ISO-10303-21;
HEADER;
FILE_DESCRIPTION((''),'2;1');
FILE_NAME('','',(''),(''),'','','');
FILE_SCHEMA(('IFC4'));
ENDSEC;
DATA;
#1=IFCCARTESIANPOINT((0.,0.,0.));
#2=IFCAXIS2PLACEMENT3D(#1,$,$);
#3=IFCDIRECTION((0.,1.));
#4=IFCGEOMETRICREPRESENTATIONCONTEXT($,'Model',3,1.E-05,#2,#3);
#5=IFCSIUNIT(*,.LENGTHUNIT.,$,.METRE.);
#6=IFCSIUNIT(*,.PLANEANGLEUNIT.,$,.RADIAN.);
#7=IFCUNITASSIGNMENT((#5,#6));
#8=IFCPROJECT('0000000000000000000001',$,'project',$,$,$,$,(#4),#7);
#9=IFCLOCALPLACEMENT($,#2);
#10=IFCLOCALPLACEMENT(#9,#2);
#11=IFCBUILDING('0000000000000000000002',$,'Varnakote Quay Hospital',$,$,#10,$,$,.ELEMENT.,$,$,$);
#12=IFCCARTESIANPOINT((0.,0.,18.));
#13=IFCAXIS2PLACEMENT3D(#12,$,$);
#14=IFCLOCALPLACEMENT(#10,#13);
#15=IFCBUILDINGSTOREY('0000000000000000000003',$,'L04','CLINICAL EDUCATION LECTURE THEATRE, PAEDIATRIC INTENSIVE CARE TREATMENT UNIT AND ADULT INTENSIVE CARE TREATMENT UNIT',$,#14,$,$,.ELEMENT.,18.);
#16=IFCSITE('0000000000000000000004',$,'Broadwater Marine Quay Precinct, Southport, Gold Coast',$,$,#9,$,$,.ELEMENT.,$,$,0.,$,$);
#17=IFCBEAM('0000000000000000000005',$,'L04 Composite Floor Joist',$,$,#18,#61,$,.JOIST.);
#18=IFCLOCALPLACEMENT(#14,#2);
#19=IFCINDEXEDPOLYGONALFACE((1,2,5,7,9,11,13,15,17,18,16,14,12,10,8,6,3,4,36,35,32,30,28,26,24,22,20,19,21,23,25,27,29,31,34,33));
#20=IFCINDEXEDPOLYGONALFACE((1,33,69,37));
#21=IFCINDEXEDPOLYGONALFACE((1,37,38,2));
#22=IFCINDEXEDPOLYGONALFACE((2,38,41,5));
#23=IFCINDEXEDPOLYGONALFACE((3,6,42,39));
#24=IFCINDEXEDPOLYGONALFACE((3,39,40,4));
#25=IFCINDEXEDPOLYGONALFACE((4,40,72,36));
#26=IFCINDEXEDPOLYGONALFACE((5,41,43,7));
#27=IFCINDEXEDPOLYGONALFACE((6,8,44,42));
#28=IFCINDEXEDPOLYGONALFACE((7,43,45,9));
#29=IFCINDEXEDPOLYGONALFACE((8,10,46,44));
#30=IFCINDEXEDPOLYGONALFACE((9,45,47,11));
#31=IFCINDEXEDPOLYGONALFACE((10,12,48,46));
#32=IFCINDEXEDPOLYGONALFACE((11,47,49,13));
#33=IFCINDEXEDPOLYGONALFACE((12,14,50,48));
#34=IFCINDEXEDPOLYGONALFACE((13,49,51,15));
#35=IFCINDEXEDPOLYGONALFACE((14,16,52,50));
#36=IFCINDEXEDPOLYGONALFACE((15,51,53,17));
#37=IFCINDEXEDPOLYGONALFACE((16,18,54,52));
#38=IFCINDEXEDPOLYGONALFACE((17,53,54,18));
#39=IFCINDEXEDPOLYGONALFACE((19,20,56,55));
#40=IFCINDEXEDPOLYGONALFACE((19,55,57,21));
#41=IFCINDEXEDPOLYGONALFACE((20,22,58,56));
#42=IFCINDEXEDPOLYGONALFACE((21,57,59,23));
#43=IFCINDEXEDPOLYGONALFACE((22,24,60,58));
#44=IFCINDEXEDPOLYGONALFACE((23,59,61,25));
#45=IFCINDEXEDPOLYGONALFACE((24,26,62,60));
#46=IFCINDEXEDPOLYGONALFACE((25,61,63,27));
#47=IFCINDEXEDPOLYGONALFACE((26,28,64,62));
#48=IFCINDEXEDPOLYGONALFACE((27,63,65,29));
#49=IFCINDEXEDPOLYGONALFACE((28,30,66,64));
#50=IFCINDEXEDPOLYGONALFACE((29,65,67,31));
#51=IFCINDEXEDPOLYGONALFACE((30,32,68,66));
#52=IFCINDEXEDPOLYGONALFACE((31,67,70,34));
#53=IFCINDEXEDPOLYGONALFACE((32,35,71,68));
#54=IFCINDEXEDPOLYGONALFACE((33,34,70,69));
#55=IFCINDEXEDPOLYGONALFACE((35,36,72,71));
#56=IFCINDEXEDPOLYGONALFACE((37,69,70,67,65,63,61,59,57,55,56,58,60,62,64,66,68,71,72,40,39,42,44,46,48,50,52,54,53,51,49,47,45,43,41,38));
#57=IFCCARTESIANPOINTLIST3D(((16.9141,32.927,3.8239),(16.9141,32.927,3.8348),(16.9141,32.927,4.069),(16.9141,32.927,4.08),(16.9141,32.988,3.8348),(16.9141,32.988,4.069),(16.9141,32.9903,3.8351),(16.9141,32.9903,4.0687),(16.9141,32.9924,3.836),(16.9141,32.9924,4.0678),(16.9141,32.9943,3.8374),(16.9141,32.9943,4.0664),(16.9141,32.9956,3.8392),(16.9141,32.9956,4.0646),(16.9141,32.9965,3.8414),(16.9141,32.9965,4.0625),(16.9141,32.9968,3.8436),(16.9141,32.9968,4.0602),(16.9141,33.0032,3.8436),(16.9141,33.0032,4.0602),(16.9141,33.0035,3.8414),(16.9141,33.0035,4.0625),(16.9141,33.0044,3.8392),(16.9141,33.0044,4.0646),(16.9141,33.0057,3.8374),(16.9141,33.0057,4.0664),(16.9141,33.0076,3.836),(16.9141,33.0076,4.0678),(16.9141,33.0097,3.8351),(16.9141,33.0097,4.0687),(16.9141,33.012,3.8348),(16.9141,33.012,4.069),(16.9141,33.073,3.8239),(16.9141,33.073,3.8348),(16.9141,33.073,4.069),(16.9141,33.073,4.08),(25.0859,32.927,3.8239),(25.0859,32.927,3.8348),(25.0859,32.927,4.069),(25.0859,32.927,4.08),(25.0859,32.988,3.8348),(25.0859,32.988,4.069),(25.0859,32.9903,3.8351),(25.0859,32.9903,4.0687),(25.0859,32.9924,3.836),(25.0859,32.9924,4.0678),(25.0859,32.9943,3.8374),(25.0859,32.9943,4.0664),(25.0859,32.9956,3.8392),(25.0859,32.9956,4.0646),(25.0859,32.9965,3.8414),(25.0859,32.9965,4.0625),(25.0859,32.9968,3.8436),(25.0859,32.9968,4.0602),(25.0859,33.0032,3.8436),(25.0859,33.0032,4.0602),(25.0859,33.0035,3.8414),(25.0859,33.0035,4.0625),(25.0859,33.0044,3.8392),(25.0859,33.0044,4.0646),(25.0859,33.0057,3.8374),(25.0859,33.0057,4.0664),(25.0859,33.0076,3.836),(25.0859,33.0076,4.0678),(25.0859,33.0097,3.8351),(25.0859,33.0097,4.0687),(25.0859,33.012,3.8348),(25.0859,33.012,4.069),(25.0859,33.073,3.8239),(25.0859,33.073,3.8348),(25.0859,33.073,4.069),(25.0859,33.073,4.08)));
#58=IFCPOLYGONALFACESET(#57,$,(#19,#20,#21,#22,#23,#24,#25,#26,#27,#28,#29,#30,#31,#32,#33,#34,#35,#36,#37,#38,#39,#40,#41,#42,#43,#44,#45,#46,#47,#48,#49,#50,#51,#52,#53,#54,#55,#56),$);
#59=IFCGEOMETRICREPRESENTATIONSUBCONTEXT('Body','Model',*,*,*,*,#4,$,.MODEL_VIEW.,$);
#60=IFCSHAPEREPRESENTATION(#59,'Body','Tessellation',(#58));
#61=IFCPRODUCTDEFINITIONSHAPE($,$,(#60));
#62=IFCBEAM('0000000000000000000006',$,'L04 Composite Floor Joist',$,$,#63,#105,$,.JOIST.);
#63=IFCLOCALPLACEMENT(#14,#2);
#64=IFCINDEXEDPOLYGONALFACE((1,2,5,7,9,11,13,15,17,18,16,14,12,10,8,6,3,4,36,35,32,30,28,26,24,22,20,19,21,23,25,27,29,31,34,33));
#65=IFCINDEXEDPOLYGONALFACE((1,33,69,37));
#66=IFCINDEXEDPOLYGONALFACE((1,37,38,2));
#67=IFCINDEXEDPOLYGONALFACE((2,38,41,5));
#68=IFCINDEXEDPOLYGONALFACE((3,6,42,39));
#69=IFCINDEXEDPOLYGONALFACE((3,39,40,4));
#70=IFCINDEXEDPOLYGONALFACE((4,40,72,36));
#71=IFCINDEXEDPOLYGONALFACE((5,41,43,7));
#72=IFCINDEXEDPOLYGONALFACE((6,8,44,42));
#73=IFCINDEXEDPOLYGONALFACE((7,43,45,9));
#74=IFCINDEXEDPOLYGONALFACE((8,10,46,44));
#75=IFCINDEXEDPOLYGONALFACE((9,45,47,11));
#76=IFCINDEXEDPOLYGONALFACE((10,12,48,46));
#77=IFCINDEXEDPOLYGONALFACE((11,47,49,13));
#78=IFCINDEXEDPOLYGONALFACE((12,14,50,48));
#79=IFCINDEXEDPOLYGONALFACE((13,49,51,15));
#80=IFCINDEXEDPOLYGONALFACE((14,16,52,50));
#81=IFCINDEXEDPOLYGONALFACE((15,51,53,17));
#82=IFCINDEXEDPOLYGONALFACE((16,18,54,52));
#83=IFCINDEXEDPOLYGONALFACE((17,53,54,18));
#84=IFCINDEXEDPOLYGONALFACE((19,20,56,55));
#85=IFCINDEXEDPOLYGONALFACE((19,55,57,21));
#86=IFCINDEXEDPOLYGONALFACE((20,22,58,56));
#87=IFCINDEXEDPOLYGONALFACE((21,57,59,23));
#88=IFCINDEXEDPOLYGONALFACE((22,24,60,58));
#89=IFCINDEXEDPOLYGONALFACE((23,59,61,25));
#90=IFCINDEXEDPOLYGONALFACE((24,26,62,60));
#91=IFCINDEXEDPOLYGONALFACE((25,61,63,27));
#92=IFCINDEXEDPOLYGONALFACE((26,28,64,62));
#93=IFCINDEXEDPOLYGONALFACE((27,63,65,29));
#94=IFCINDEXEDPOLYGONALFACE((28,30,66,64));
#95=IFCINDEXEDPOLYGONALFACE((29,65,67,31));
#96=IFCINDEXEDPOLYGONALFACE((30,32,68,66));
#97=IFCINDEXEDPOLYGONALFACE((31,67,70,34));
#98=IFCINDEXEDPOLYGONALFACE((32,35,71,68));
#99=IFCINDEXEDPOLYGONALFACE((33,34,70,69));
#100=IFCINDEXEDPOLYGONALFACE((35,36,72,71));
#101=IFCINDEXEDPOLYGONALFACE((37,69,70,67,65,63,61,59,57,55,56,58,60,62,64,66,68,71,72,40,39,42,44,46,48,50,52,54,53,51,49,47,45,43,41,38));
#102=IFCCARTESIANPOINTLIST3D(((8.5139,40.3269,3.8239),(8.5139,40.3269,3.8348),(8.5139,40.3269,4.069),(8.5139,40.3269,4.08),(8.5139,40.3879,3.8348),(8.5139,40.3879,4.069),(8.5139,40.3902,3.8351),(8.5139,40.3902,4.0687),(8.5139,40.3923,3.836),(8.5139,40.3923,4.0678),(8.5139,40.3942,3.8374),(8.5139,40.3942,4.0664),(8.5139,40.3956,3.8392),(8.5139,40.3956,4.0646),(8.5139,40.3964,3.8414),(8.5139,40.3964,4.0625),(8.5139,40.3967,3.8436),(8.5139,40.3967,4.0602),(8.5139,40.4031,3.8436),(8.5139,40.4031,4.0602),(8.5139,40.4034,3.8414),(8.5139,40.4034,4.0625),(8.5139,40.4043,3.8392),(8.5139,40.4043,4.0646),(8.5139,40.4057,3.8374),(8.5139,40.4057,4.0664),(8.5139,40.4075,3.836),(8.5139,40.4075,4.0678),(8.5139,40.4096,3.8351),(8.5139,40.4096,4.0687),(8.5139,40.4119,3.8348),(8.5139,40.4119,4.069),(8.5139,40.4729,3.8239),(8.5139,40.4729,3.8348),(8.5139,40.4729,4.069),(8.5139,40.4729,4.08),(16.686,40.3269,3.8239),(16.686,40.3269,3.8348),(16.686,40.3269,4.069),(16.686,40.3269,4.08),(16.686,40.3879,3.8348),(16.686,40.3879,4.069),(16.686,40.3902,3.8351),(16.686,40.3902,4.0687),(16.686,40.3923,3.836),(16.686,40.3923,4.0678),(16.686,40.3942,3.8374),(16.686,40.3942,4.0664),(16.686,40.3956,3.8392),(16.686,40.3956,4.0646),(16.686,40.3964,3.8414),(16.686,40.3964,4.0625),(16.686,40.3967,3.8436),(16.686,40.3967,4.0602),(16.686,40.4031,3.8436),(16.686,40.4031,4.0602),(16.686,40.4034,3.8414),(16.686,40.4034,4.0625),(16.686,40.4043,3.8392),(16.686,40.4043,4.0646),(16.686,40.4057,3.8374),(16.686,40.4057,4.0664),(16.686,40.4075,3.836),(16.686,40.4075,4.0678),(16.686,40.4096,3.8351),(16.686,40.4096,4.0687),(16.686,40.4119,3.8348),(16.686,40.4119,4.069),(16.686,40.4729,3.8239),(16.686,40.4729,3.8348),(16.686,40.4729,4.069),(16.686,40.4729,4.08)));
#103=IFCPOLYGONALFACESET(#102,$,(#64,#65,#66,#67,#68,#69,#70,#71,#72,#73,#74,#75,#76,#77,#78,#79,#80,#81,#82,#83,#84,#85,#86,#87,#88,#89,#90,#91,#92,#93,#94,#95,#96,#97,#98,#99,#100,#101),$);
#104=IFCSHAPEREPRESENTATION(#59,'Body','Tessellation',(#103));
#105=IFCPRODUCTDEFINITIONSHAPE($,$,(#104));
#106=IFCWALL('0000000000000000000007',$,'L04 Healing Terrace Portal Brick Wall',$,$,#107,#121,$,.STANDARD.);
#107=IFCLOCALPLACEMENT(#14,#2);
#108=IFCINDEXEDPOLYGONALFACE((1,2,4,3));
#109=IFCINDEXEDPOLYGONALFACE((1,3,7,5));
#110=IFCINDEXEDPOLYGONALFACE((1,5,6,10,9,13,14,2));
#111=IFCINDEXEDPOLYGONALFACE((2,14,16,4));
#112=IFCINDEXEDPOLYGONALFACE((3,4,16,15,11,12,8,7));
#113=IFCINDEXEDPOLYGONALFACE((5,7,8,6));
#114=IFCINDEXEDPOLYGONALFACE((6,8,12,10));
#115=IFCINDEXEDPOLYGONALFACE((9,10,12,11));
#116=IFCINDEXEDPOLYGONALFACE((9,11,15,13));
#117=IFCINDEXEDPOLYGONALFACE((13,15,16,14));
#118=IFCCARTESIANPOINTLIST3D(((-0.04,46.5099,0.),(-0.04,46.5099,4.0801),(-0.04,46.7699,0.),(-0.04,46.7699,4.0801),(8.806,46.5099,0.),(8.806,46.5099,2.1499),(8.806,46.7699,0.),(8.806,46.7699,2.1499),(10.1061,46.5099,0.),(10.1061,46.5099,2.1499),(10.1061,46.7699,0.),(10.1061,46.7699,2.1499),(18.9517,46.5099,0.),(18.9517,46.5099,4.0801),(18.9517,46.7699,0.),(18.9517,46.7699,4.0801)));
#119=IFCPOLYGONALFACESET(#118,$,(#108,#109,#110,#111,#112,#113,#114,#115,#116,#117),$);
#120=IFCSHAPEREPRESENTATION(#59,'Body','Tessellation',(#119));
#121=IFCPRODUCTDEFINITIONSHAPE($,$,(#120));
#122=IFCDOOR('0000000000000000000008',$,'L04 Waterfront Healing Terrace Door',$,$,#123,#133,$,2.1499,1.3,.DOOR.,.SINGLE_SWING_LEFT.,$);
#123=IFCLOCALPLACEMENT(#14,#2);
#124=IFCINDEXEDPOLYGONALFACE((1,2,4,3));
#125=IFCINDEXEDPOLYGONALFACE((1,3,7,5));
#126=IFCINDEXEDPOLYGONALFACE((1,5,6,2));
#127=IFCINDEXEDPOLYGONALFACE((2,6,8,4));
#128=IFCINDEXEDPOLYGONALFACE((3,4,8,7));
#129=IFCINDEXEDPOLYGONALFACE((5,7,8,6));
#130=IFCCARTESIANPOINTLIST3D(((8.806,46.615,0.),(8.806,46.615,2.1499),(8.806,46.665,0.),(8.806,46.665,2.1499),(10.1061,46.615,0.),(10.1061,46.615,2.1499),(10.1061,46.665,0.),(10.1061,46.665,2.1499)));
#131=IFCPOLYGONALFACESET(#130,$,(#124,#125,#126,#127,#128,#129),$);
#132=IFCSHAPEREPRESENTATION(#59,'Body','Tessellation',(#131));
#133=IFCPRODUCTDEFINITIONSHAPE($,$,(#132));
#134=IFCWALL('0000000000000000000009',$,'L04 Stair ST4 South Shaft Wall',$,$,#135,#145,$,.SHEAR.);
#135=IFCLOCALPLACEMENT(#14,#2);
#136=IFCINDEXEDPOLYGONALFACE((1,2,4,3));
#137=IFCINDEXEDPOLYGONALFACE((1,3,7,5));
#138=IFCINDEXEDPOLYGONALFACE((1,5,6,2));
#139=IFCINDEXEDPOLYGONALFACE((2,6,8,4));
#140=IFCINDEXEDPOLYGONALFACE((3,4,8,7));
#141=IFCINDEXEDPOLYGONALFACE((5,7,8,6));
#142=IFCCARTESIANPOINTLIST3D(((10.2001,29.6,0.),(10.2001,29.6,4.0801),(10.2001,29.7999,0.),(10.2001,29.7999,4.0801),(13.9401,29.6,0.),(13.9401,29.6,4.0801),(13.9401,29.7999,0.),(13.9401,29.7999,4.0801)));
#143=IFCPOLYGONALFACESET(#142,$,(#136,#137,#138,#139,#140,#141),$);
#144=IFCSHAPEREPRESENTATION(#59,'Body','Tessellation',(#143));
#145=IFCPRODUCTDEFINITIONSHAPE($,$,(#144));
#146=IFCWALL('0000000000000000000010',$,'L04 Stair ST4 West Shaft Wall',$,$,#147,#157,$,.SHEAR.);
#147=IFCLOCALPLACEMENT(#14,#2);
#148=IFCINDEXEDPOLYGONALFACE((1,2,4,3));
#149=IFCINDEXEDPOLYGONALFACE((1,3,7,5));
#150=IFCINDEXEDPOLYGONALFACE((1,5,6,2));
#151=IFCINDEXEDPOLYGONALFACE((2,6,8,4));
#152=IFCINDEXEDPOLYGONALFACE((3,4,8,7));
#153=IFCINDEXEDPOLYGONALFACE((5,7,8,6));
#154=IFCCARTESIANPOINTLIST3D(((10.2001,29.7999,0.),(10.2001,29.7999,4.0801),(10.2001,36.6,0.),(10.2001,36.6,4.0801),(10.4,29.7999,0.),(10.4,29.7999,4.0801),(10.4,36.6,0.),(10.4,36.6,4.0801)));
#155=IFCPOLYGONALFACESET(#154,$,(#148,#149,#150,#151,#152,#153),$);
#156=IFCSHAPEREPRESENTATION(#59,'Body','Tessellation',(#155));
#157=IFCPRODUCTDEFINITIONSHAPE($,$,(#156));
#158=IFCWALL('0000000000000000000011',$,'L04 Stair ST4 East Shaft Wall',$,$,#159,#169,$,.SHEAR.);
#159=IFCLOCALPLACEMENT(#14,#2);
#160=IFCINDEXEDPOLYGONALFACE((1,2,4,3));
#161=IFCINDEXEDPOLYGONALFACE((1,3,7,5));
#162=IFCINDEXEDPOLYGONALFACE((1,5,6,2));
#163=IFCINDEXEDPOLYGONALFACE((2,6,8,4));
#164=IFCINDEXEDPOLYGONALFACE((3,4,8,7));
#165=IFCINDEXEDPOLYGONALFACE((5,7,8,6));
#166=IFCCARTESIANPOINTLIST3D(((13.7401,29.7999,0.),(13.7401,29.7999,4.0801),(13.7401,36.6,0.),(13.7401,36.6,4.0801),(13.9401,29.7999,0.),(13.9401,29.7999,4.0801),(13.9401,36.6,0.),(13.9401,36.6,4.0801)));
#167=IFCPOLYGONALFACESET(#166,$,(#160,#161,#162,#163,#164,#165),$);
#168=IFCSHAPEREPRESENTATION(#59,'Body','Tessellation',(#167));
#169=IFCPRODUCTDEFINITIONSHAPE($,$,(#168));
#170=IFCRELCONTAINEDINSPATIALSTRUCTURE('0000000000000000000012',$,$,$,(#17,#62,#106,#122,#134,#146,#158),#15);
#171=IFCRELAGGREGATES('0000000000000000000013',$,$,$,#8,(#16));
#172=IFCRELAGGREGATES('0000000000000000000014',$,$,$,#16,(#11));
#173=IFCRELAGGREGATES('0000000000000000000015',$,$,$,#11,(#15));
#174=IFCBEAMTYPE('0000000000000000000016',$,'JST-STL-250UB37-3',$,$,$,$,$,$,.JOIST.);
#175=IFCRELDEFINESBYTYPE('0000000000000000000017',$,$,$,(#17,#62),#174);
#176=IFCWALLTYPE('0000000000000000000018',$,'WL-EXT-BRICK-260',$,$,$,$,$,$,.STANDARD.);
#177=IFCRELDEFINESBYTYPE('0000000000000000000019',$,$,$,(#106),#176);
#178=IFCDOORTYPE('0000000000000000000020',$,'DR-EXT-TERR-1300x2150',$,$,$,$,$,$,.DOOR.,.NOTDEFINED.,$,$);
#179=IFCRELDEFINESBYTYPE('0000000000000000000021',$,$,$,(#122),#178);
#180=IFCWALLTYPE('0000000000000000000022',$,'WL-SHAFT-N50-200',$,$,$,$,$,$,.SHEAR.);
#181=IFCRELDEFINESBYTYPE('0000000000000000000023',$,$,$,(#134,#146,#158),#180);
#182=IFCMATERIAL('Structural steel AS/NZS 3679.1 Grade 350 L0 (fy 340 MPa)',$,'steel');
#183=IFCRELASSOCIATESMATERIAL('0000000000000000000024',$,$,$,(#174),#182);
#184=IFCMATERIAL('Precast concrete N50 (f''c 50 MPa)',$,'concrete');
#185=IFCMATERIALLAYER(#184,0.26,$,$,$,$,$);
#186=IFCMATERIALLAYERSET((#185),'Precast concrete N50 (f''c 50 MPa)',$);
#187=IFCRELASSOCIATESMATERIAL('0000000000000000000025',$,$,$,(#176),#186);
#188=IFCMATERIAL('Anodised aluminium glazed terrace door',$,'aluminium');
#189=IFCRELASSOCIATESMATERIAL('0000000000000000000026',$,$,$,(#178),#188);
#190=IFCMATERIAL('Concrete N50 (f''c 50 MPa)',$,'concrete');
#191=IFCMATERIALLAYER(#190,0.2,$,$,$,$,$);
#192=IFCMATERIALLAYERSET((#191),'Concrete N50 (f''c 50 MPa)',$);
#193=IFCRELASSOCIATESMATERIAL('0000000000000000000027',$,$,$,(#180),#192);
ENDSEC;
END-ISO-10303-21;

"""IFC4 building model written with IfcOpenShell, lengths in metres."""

from ifc_helpers import new_model, si_unit, direction, frame, frame_2d, origin, origin_2d, place, context, subcontext, project, spatial, rectangle, i_section, extrude, material, layer, layer_set, material_profile, profile_set, type_object, element, fill, save


model = new_model("IFC4")

# Units and contexts
model_context = context("Model", 3, precision=1e-05, world=origin(), true_north=direction((0.0, 1.0)))
body_context = subcontext(model_context, "Body", "Model", "MODEL_VIEW")
ifc_project = project(units=[si_unit("LENGTHUNIT", "METRE"), si_unit("PLANEANGLEUNIT", "RADIAN")], contexts=[model_context])

# Site, building, storey
site_placement = place(None, origin())
site = spatial("IfcSite", under=ifc_project, at=site_placement, Name="Broadwater Marine Quay Precinct, Southport, Gold Coast", CompositionType="ELEMENT", RefElevation=0.0)
building_placement = place(site_placement, origin())
building = spatial("IfcBuilding", under=site, at=building_placement, Name="Varnakote Quay Hospital", CompositionType="ELEMENT")
storey_placement = place(building_placement, frame((0.0, 0.0, 18.0)))
storey = spatial("IfcBuildingStorey", under=building, at=storey_placement, Name="L04", Description="CLINICAL EDUCATION LECTURE THEATRE, PAEDIATRIC INTENSIVE CARE TREATMENT UNIT AND ADULT INTENSIVE CARE TREATMENT UNIT", CompositionType="ELEMENT", Elevation=18.0)

# Beams
ifc_material_1 = material(Name="Structural steel AS/NZS 3679.1 Grade 350 L0 (fy 340 MPa)", Category="steel")
ifc_material_profile_1 = material_profile(ifc_material_1, i_section(OverallWidth=0.146, OverallDepth=0.2561, WebThickness=0.0063, FlangeThickness=0.011, FilletRadius=0.0088, at=origin_2d()), Name="250UB37.3")
ifc_profile_set_1 = profile_set([ifc_material_profile_1], Name="Structural steel AS/NZS 3679.1 Grade 350 L0 (fy 340 MPa)")
beam_type_1 = type_object("IfcBeamType", Name="JST-STL-250UB37-3", PredefinedType="JOIST", material=ifc_profile_set_1)
beam_1_placement = place(storey_placement, frame((16.9141, 33.0, 3.9519), z_axis=(1.0, 0.0, 0.0), x_axis=(0.0, 1.0, 0.0)))
element("IfcBeam", 1, at=beam_1_placement, inside=storey, type_object=beam_type_1, Name="L04 Composite Floor Joist", PredefinedType="JOIST", context=body_context, shape_type="SweptSolid", body=[
    extrude(i_section(OverallWidth=0.146, OverallDepth=0.2561, WebThickness=0.0063, FlangeThickness=0.011, FilletRadius=0.0088, at=origin_2d()), origin(), (0.0, 0.0, 1.0), 8.1719),
])
beam_2_placement = place(storey_placement, frame((8.5139, 40.3999, 3.9519), z_axis=(1.0, 0.0, 0.0), x_axis=(0.0, 1.0, 0.0)))
element("IfcBeam", 2, at=beam_2_placement, inside=storey, type_object=beam_type_1, Name="L04 Composite Floor Joist", PredefinedType="JOIST", context=body_context, shape_type="SweptSolid", body=[
    extrude(i_section(OverallWidth=0.146, OverallDepth=0.2561, WebThickness=0.0063, FlangeThickness=0.011, FilletRadius=0.0088, at=origin_2d()), origin(), (0.0, 0.0, 1.0), 8.1721),
])

# Wall, opening, door
ifc_material_2 = material(Name="Precast concrete N50 (f'c 50 MPa)", Category="concrete")
ifc_layer_1 = layer(ifc_material_2, 0.26)
ifc_layer_set_1 = layer_set([ifc_layer_1], Name="Precast concrete N50 (f'c 50 MPa)")
wall_type_1 = type_object("IfcWallType", Name="WL-EXT-BRICK-260", PredefinedType="STANDARD", material=ifc_layer_set_1)
wall_1_placement = place(storey_placement, frame((18.9517, 46.6399, 0.0), z_axis=(0.0, 0.0, 1.0), x_axis=(-1.0, 0.0, 0.0)))
wall_1 = element("IfcWall", 3, at=wall_1_placement, inside=storey, type_object=wall_type_1, Name="L04 Healing Terrace Portal Brick Wall", PredefinedType="STANDARD", context=body_context, shape_type="SweptSolid", body=[
    extrude(rectangle(XDim=18.9917, YDim=0.26, at=frame_2d((9.4958, 0.0))), origin(), (0.0, 0.0, 1.0), 4.0801),
])
opening_1_placement = place(wall_1_placement, frame((8.8457, 0.0, 0.0)))
opening_1 = element("IfcOpeningElement", 4, at=opening_1_placement, cuts=wall_1, PredefinedType="OPENING", context=body_context, shape_type="SweptSolid", body=[
    extrude(rectangle(XDim=1.3, YDim=2.1499, at=frame_2d((0.6499, 1.075))), frame((0.0, 0.1399, 0.0), z_axis=(0.0, -1.0, 0.0), x_axis=(1.0, 0.0, 0.0)), (0.0, 0.0, 1.0), 0.28),
])
ifc_material_3 = material(Name="Anodised aluminium glazed terrace door", Category="aluminium")
door_type_1 = type_object("IfcDoorType", Name="DR-EXT-TERR-1300x2150", OperationType="NOTDEFINED", PredefinedType="DOOR", material=ifc_material_3)
door_1_placement = place(opening_1_placement, origin())
door_1 = element("IfcDoor", 5, at=door_1_placement, inside=storey, type_object=door_type_1, Name="L04 Waterfront Healing Terrace Door", OperationType="SINGLE_SWING_LEFT", OverallHeight=2.1499, OverallWidth=1.3, PredefinedType="DOOR", context=body_context, shape_type="SweptSolid", body=[
    extrude(rectangle(XDim=1.3, YDim=2.1499, at=frame_2d((0.6499, 1.075))), frame((0.0, 0.0249, 0.0), z_axis=(0.0, -1.0, 0.0), x_axis=(1.0, 0.0, 0.0)), (0.0, 0.0, 1.0), 0.05),
])
fill(opening_1, door_1)

# Walls
ifc_material_4 = material(Name="Concrete N50 (f'c 50 MPa)", Category="concrete")
ifc_layer_2 = layer(ifc_material_4, 0.2)
ifc_layer_set_2 = layer_set([ifc_layer_2], Name="Concrete N50 (f'c 50 MPa)")
wall_type_2 = type_object("IfcWallType", Name="WL-SHAFT-N50-200", PredefinedType="SHEAR", material=ifc_layer_set_2)
wall_2_placement = place(storey_placement, frame((10.2, 29.7, 0.0), z_axis=(0.0, 0.0, 1.0), x_axis=(1.0, 0.0, 0.0)))
element("IfcWall", 6, at=wall_2_placement, inside=storey, type_object=wall_type_2, Name="L04 Stair ST4 South Shaft Wall", PredefinedType="SHEAR", context=body_context, shape_type="SweptSolid", body=[
    extrude(rectangle(XDim=3.74, YDim=0.2, at=frame_2d((1.8701, 0.0))), origin(), (0.0, 0.0, 1.0), 4.0801),
])
for number, where, z_axis, x_axis, name in (
    (7, (10.3, 29.8, 0.0), (0.0, 0.0, 1.0), (0.0, 1.0, 0.0), "L04 Stair ST4 West Shaft Wall"),
    (8, (13.8401, 29.8, 0.0), (0.0, 0.0, 1.0), (0.0, 1.0, 0.0), "L04 Stair ST4 East Shaft Wall"),
):
    element("IfcWall", number, at=place(storey_placement, frame(where, z_axis=z_axis, x_axis=x_axis)), inside=storey, type_object=wall_type_2, Name=name, PredefinedType="SHEAR", context=body_context, shape_type="SweptSolid", body=[
        extrude(rectangle(XDim=6.8, YDim=0.2, at=frame_2d((3.3999, 0.0))), origin(), (0.0, 0.0, 1.0), 4.0801),
    ])

save(model, "model.ifc")
